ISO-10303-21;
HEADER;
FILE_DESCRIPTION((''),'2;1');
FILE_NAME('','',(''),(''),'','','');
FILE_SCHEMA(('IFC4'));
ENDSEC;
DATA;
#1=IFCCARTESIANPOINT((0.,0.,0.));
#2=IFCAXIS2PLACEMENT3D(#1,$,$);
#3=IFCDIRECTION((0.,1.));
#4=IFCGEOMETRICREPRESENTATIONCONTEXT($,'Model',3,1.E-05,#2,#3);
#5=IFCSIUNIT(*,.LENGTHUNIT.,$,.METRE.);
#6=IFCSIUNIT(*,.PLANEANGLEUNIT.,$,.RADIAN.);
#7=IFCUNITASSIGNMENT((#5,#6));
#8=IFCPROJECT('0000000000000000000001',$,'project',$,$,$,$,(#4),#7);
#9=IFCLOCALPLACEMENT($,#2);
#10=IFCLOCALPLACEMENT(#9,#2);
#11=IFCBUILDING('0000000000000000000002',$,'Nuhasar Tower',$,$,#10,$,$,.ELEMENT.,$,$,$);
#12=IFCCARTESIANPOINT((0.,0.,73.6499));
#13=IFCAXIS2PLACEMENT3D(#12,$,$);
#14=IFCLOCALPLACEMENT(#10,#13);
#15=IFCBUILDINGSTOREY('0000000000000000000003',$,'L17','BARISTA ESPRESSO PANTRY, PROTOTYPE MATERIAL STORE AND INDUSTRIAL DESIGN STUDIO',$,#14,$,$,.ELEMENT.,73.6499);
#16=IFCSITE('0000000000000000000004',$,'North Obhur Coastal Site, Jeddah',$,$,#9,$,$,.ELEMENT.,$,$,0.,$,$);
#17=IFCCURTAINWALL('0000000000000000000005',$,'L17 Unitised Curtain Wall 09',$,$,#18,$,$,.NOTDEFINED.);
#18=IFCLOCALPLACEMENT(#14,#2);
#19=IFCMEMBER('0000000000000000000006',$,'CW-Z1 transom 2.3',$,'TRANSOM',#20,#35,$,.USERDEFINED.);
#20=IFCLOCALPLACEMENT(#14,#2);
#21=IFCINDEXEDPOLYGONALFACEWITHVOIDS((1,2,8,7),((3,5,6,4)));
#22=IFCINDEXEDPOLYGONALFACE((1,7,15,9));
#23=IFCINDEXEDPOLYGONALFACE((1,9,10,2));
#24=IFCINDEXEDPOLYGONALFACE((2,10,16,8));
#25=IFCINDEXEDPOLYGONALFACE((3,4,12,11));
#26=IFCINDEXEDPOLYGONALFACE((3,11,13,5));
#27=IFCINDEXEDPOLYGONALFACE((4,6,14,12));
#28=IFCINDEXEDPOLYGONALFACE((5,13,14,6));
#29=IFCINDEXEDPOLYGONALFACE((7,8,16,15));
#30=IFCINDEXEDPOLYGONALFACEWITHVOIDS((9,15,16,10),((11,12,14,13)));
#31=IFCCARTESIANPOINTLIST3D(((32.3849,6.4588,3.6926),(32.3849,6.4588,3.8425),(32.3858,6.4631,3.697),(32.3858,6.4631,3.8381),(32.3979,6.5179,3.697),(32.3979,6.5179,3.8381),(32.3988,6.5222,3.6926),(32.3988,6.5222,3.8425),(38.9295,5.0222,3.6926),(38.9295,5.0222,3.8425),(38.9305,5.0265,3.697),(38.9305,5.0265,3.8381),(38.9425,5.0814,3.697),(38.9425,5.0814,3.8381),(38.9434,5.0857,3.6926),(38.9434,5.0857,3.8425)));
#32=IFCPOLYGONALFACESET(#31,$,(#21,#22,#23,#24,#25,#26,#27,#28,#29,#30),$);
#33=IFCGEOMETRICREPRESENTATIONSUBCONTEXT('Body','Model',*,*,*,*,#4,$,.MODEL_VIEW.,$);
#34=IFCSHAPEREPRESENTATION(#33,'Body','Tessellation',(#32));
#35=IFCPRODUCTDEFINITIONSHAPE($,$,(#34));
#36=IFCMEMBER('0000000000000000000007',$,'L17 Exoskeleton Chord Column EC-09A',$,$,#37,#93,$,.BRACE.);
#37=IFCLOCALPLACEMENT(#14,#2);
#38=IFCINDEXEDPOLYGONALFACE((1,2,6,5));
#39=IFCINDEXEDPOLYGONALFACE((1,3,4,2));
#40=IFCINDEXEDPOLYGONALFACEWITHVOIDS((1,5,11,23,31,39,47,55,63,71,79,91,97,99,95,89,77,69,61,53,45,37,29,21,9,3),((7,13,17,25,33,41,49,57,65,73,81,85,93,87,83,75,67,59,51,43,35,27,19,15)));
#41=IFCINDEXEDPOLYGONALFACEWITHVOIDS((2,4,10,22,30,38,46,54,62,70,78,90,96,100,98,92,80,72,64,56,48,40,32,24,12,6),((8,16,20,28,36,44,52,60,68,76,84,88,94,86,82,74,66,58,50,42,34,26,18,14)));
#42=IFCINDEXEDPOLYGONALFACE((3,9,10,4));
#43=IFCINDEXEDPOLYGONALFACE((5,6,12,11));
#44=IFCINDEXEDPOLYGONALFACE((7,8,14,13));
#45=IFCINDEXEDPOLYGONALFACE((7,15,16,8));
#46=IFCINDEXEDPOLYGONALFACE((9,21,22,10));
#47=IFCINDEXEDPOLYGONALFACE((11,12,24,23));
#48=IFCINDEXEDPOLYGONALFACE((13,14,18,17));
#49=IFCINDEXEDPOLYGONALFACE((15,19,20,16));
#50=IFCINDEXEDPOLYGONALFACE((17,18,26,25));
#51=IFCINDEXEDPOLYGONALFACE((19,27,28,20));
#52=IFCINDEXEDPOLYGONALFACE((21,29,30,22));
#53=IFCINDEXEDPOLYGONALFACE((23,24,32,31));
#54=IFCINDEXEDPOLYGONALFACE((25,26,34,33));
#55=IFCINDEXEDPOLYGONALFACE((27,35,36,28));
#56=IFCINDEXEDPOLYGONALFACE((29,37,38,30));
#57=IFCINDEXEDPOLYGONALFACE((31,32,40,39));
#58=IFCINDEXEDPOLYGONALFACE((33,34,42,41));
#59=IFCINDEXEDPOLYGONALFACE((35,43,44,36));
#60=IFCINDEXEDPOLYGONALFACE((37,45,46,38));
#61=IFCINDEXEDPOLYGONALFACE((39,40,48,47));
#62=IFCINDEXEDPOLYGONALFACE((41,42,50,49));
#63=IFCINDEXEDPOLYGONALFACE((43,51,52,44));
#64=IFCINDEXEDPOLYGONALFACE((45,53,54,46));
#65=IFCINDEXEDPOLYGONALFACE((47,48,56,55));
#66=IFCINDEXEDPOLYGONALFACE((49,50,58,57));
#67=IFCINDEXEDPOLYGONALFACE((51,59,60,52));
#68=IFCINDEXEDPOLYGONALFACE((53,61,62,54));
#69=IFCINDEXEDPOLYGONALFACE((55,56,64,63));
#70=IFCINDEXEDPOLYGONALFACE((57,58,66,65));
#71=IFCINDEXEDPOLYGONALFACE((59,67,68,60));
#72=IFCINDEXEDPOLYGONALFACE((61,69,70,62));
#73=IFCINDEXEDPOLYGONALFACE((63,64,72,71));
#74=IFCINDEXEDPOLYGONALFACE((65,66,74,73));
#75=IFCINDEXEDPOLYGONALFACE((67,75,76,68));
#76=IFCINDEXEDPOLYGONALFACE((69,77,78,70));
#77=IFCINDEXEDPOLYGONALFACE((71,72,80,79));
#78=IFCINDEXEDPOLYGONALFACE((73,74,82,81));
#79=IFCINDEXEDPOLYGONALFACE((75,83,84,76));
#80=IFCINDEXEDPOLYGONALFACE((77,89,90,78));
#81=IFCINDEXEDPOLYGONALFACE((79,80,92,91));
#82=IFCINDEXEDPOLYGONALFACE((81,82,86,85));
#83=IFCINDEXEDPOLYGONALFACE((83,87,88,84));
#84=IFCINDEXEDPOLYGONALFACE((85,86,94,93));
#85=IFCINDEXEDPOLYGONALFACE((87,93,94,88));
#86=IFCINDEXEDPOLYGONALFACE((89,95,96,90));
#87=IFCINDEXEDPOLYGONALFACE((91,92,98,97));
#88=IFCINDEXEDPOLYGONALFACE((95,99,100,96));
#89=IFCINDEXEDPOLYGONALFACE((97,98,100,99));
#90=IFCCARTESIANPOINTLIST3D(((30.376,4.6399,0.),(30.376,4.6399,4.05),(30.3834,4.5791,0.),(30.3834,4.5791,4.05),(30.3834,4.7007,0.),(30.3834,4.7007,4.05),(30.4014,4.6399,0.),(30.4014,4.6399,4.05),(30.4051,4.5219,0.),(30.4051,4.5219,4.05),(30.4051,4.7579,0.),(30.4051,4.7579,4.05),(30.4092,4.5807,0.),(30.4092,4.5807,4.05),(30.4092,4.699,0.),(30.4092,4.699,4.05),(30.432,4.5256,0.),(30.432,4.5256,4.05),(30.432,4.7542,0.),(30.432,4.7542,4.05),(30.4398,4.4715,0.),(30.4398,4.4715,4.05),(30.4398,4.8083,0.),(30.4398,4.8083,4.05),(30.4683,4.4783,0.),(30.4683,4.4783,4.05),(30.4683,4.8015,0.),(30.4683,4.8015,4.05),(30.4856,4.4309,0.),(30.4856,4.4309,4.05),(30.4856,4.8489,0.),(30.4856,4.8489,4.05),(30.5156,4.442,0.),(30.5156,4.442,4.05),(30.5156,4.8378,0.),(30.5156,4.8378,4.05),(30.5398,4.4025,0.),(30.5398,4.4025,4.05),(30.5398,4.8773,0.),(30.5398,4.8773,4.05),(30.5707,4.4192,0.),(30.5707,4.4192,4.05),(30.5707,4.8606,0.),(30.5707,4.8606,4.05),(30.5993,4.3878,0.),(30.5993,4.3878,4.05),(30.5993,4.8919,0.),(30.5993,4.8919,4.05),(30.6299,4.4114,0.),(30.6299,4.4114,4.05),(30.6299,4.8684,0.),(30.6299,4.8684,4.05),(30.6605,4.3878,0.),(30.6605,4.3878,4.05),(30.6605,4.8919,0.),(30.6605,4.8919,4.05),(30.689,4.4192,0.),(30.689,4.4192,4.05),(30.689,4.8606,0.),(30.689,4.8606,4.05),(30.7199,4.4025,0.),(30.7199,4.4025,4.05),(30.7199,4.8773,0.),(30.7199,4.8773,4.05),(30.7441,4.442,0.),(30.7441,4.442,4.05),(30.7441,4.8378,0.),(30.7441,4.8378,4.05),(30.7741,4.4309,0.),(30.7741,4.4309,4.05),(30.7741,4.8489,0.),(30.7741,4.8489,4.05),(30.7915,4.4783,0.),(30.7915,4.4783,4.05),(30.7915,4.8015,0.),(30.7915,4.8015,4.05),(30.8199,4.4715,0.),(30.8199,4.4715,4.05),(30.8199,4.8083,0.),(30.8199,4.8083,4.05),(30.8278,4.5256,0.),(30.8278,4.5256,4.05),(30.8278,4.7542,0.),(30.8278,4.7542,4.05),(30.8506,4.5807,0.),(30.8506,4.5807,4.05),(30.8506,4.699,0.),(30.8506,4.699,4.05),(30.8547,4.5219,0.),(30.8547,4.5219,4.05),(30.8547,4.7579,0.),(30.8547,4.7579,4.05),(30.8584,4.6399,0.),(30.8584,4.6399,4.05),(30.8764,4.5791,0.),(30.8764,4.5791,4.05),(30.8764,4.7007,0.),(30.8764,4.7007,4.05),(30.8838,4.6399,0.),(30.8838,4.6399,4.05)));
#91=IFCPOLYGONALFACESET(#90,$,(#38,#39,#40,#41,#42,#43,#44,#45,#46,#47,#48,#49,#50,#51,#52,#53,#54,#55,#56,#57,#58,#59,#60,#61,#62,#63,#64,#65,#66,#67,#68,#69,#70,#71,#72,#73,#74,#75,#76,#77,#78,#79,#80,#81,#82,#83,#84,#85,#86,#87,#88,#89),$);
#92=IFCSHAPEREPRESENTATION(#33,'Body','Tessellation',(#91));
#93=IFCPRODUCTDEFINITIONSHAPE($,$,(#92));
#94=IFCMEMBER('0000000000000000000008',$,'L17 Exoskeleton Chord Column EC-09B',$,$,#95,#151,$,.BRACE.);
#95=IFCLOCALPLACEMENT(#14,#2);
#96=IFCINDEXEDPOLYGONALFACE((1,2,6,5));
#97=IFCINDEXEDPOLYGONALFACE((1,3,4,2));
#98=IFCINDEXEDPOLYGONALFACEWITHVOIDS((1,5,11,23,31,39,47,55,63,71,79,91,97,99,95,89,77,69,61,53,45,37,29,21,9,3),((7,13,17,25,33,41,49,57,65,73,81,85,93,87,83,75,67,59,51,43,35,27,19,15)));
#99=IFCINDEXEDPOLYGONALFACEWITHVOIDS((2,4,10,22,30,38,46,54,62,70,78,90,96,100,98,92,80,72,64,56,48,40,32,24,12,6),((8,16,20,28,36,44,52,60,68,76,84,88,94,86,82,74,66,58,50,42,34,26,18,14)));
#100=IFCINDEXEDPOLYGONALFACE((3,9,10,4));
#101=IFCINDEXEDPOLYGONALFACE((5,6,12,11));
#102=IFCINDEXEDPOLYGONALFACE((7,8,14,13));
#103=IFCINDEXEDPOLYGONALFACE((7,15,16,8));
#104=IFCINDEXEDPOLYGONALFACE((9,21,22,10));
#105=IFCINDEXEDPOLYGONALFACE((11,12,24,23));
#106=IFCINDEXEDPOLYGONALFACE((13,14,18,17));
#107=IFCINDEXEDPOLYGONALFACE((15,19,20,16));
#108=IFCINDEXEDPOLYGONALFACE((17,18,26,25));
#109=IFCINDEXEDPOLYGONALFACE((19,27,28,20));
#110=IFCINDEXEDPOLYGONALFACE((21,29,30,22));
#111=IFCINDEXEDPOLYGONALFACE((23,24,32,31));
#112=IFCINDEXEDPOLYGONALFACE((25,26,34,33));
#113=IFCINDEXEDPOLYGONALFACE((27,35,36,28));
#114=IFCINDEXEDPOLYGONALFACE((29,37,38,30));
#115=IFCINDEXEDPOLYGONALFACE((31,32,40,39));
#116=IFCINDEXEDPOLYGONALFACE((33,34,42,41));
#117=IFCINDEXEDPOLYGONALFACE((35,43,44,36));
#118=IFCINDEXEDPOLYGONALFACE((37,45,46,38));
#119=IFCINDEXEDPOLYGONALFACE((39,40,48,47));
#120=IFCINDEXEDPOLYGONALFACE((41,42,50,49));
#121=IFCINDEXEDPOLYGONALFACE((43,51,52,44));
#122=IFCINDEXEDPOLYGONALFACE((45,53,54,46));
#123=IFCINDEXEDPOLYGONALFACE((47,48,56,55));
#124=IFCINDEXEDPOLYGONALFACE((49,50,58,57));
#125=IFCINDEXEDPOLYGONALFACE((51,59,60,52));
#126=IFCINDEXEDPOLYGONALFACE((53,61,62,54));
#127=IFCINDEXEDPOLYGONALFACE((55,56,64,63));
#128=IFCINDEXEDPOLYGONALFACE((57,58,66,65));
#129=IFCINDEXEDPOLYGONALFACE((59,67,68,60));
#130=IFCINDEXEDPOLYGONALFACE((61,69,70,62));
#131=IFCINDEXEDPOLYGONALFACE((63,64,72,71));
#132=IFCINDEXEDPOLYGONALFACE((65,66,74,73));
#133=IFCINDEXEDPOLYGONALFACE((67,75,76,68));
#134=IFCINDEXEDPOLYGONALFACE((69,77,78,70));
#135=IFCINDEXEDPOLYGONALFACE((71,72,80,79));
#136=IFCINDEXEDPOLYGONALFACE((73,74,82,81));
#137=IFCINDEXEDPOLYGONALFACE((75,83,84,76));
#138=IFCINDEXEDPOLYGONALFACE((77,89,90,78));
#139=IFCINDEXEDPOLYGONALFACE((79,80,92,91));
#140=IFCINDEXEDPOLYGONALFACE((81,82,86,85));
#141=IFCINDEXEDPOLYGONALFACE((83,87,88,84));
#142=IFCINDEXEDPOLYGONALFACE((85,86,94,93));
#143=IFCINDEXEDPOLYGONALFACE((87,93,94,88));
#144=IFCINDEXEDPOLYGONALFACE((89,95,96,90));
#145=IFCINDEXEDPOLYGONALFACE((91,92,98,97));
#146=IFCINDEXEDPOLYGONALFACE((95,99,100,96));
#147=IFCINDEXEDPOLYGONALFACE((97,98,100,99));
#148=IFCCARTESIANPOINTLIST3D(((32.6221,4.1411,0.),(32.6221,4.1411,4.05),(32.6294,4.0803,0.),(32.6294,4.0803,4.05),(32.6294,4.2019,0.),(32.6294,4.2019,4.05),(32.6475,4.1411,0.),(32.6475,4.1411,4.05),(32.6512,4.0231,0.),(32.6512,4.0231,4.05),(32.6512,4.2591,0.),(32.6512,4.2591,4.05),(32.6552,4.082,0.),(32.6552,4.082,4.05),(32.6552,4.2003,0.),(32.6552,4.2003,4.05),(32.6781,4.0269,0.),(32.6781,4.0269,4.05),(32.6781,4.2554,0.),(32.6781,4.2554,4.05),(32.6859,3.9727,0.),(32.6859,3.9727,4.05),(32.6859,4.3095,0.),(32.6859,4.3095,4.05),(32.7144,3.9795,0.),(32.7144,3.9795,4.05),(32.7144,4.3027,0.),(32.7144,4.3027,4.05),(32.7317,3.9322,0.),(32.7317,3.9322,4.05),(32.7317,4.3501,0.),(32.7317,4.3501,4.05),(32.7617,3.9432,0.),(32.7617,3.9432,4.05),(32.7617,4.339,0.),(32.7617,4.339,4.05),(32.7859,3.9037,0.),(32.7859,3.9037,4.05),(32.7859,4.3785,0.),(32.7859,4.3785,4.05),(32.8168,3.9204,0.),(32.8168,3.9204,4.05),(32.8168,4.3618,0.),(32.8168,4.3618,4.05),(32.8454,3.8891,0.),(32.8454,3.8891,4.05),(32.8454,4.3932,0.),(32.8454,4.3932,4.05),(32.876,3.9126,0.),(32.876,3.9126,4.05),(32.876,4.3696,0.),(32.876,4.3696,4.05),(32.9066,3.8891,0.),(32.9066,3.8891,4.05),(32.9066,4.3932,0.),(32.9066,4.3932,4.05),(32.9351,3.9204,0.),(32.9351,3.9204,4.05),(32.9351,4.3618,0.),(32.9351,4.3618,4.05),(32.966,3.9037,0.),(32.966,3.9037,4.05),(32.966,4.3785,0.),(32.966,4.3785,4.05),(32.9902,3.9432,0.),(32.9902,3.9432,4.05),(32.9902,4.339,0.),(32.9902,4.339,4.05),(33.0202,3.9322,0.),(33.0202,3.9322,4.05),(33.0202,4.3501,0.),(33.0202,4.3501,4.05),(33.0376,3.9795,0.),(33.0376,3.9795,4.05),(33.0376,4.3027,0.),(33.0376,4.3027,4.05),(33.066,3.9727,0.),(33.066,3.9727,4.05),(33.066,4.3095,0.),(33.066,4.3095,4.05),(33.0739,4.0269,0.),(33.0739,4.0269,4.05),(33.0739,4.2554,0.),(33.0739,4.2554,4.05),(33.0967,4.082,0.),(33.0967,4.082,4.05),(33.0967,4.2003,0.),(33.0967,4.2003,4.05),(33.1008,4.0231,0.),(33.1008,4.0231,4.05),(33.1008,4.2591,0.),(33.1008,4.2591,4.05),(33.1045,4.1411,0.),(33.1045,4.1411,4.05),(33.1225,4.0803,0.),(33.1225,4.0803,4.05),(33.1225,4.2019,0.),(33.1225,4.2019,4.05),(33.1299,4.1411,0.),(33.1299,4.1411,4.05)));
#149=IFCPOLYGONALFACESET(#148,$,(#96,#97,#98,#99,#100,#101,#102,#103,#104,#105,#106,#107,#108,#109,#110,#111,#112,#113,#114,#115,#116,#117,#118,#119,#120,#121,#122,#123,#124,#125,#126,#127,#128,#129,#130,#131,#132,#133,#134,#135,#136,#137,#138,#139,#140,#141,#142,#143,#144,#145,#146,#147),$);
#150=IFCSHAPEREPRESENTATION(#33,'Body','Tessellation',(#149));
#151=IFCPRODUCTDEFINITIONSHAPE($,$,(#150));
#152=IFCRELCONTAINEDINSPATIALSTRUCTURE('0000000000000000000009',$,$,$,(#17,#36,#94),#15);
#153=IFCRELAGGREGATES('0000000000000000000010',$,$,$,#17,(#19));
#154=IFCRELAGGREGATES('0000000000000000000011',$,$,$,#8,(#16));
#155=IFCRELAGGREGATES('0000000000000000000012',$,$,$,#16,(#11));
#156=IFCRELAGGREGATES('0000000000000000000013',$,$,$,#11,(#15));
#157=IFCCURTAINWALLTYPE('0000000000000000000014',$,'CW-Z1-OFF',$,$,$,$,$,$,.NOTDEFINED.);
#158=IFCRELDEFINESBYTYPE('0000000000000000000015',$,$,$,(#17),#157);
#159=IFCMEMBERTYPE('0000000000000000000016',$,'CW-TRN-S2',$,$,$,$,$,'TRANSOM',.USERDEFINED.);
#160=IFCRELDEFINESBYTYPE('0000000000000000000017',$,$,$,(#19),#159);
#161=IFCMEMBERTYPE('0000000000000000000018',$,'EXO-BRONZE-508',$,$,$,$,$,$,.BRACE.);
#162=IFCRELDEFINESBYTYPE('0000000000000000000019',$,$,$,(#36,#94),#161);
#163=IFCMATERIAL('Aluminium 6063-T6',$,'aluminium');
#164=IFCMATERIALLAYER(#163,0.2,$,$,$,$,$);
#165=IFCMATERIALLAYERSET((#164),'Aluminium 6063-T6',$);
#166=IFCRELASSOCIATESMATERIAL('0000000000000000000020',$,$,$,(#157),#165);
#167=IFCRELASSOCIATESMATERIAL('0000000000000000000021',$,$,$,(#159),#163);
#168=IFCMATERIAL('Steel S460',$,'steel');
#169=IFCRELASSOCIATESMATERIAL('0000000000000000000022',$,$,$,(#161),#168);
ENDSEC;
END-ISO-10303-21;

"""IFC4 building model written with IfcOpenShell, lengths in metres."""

from ifc_helpers import new_model, si_unit, direction, frame, origin, origin_2d, place, context, subcontext, project, spatial, hollow_rectangle, hollow_circle, extrude, material, layer, layer_set, material_profile, profile_set, type_object, element, aggregate, save


model = new_model("IFC4")

# Units and contexts
model_context = context("Model", 3, precision=1e-05, world=origin(), true_north=direction((0.0, 1.0)))
body_context = subcontext(model_context, "Body", "Model", "MODEL_VIEW")
ifc_project = project(units=[si_unit("LENGTHUNIT", "METRE"), si_unit("PLANEANGLEUNIT", "RADIAN")], contexts=[model_context])

# Site, building, storey
site_placement = place(None, origin())
site = spatial("IfcSite", under=ifc_project, at=site_placement, Name="North Obhur Coastal Site, Jeddah", CompositionType="ELEMENT", RefElevation=0.0)
building_placement = place(site_placement, origin())
building = spatial("IfcBuilding", under=site, at=building_placement, Name="Nuhasar Tower", CompositionType="ELEMENT")
storey_placement = place(building_placement, frame((0.0, 0.0, 73.6499)))
storey = spatial("IfcBuildingStorey", under=building, at=storey_placement, Name="L17", Description="BARISTA ESPRESSO PANTRY, PROTOTYPE MATERIAL STORE AND INDUSTRIAL DESIGN STUDIO", CompositionType="ELEMENT", Elevation=73.6499)

# Curtain wall, member
ifc_material_1 = material(Name="Aluminium 6063-T6", Category="aluminium")
ifc_layer_1 = layer(ifc_material_1, 0.2)
ifc_layer_set_1 = layer_set([ifc_layer_1], Name="Aluminium 6063-T6")
curtain_wall_type = type_object("IfcCurtainWallType", Name="CW-Z1-OFF", PredefinedType="NOTDEFINED", material=ifc_layer_set_1)
curtain_wall_placement = place(storey_placement, origin())
curtain_wall = element("IfcCurtainWall", 1, at=curtain_wall_placement, inside=storey, type_object=curtain_wall_type, Name="L17 Unitised Curtain Wall 09", PredefinedType="NOTDEFINED")
ifc_material_profile_1 = material_profile(ifc_material_1, hollow_rectangle(XDim=0.0649, YDim=0.1499, WallThickness=0.0044, at=origin_2d()), Name="CWT-2")
ifc_profile_set_1 = profile_set([ifc_material_profile_1], Name="Aluminium 6063-T6")
member_type_1 = type_object("IfcMemberType", Name="CW-TRN-S2", ElementType="TRANSOM", PredefinedType="USERDEFINED", material=ifc_profile_set_1)
member_1_placement = place(storey_placement, frame((32.3918, 6.4905, 3.7676), z_axis=(0.976748, -0.214391, 0.0), x_axis=(0.214391, 0.976748, 0.0)))
member_1 = element("IfcMember", 2, at=member_1_placement, type_object=member_type_1, Name="CW-Z1 transom 2.3", ObjectType="TRANSOM", PredefinedType="USERDEFINED", context=body_context, shape_type="SweptSolid", body=[
    extrude(hollow_rectangle(XDim=0.0649, YDim=0.1499, WallThickness=0.0044, at=origin_2d()), origin(), (0.0, 0.0, 1.0), 6.7004),
])

# Members
ifc_material_2 = material(Name="Steel S460", Category="steel")
ifc_material_profile_2 = material_profile(ifc_material_2, hollow_circle(Radius=0.2539, WallThickness=0.0254, at=origin_2d()), Name="HSS508X25.4")
ifc_profile_set_2 = profile_set([ifc_material_profile_2], Name="Steel S460")
member_type_2 = type_object("IfcMemberType", Name="EXO-BRONZE-508", PredefinedType="BRACE", material=ifc_profile_set_2)
for number, where, z_axis, x_axis, name in (
    (3, (30.6299, 4.6399, 0.0), (0.0, 0.0, 1.0), (1.0, 0.0, 0.0), "L17 Exoskeleton Chord Column EC-09A"),
    (4, (32.876, 4.1411, 0.0), (0.0, 0.0, 1.0), (1.0, 0.0, 0.0), "L17 Exoskeleton Chord Column EC-09B"),
):
    element("IfcMember", number, at=place(storey_placement, frame(where, z_axis=z_axis, x_axis=x_axis)), inside=storey, type_object=member_type_2, Name=name, PredefinedType="BRACE", context=body_context, shape_type="SweptSolid", body=[
        extrude(hollow_circle(Radius=0.2539, WallThickness=0.0254, at=origin_2d()), origin(), (0.0, 0.0, 1.0), 4.05),
    ])

aggregate(curtain_wall, [member_1])

save(model, "model.ifc")
